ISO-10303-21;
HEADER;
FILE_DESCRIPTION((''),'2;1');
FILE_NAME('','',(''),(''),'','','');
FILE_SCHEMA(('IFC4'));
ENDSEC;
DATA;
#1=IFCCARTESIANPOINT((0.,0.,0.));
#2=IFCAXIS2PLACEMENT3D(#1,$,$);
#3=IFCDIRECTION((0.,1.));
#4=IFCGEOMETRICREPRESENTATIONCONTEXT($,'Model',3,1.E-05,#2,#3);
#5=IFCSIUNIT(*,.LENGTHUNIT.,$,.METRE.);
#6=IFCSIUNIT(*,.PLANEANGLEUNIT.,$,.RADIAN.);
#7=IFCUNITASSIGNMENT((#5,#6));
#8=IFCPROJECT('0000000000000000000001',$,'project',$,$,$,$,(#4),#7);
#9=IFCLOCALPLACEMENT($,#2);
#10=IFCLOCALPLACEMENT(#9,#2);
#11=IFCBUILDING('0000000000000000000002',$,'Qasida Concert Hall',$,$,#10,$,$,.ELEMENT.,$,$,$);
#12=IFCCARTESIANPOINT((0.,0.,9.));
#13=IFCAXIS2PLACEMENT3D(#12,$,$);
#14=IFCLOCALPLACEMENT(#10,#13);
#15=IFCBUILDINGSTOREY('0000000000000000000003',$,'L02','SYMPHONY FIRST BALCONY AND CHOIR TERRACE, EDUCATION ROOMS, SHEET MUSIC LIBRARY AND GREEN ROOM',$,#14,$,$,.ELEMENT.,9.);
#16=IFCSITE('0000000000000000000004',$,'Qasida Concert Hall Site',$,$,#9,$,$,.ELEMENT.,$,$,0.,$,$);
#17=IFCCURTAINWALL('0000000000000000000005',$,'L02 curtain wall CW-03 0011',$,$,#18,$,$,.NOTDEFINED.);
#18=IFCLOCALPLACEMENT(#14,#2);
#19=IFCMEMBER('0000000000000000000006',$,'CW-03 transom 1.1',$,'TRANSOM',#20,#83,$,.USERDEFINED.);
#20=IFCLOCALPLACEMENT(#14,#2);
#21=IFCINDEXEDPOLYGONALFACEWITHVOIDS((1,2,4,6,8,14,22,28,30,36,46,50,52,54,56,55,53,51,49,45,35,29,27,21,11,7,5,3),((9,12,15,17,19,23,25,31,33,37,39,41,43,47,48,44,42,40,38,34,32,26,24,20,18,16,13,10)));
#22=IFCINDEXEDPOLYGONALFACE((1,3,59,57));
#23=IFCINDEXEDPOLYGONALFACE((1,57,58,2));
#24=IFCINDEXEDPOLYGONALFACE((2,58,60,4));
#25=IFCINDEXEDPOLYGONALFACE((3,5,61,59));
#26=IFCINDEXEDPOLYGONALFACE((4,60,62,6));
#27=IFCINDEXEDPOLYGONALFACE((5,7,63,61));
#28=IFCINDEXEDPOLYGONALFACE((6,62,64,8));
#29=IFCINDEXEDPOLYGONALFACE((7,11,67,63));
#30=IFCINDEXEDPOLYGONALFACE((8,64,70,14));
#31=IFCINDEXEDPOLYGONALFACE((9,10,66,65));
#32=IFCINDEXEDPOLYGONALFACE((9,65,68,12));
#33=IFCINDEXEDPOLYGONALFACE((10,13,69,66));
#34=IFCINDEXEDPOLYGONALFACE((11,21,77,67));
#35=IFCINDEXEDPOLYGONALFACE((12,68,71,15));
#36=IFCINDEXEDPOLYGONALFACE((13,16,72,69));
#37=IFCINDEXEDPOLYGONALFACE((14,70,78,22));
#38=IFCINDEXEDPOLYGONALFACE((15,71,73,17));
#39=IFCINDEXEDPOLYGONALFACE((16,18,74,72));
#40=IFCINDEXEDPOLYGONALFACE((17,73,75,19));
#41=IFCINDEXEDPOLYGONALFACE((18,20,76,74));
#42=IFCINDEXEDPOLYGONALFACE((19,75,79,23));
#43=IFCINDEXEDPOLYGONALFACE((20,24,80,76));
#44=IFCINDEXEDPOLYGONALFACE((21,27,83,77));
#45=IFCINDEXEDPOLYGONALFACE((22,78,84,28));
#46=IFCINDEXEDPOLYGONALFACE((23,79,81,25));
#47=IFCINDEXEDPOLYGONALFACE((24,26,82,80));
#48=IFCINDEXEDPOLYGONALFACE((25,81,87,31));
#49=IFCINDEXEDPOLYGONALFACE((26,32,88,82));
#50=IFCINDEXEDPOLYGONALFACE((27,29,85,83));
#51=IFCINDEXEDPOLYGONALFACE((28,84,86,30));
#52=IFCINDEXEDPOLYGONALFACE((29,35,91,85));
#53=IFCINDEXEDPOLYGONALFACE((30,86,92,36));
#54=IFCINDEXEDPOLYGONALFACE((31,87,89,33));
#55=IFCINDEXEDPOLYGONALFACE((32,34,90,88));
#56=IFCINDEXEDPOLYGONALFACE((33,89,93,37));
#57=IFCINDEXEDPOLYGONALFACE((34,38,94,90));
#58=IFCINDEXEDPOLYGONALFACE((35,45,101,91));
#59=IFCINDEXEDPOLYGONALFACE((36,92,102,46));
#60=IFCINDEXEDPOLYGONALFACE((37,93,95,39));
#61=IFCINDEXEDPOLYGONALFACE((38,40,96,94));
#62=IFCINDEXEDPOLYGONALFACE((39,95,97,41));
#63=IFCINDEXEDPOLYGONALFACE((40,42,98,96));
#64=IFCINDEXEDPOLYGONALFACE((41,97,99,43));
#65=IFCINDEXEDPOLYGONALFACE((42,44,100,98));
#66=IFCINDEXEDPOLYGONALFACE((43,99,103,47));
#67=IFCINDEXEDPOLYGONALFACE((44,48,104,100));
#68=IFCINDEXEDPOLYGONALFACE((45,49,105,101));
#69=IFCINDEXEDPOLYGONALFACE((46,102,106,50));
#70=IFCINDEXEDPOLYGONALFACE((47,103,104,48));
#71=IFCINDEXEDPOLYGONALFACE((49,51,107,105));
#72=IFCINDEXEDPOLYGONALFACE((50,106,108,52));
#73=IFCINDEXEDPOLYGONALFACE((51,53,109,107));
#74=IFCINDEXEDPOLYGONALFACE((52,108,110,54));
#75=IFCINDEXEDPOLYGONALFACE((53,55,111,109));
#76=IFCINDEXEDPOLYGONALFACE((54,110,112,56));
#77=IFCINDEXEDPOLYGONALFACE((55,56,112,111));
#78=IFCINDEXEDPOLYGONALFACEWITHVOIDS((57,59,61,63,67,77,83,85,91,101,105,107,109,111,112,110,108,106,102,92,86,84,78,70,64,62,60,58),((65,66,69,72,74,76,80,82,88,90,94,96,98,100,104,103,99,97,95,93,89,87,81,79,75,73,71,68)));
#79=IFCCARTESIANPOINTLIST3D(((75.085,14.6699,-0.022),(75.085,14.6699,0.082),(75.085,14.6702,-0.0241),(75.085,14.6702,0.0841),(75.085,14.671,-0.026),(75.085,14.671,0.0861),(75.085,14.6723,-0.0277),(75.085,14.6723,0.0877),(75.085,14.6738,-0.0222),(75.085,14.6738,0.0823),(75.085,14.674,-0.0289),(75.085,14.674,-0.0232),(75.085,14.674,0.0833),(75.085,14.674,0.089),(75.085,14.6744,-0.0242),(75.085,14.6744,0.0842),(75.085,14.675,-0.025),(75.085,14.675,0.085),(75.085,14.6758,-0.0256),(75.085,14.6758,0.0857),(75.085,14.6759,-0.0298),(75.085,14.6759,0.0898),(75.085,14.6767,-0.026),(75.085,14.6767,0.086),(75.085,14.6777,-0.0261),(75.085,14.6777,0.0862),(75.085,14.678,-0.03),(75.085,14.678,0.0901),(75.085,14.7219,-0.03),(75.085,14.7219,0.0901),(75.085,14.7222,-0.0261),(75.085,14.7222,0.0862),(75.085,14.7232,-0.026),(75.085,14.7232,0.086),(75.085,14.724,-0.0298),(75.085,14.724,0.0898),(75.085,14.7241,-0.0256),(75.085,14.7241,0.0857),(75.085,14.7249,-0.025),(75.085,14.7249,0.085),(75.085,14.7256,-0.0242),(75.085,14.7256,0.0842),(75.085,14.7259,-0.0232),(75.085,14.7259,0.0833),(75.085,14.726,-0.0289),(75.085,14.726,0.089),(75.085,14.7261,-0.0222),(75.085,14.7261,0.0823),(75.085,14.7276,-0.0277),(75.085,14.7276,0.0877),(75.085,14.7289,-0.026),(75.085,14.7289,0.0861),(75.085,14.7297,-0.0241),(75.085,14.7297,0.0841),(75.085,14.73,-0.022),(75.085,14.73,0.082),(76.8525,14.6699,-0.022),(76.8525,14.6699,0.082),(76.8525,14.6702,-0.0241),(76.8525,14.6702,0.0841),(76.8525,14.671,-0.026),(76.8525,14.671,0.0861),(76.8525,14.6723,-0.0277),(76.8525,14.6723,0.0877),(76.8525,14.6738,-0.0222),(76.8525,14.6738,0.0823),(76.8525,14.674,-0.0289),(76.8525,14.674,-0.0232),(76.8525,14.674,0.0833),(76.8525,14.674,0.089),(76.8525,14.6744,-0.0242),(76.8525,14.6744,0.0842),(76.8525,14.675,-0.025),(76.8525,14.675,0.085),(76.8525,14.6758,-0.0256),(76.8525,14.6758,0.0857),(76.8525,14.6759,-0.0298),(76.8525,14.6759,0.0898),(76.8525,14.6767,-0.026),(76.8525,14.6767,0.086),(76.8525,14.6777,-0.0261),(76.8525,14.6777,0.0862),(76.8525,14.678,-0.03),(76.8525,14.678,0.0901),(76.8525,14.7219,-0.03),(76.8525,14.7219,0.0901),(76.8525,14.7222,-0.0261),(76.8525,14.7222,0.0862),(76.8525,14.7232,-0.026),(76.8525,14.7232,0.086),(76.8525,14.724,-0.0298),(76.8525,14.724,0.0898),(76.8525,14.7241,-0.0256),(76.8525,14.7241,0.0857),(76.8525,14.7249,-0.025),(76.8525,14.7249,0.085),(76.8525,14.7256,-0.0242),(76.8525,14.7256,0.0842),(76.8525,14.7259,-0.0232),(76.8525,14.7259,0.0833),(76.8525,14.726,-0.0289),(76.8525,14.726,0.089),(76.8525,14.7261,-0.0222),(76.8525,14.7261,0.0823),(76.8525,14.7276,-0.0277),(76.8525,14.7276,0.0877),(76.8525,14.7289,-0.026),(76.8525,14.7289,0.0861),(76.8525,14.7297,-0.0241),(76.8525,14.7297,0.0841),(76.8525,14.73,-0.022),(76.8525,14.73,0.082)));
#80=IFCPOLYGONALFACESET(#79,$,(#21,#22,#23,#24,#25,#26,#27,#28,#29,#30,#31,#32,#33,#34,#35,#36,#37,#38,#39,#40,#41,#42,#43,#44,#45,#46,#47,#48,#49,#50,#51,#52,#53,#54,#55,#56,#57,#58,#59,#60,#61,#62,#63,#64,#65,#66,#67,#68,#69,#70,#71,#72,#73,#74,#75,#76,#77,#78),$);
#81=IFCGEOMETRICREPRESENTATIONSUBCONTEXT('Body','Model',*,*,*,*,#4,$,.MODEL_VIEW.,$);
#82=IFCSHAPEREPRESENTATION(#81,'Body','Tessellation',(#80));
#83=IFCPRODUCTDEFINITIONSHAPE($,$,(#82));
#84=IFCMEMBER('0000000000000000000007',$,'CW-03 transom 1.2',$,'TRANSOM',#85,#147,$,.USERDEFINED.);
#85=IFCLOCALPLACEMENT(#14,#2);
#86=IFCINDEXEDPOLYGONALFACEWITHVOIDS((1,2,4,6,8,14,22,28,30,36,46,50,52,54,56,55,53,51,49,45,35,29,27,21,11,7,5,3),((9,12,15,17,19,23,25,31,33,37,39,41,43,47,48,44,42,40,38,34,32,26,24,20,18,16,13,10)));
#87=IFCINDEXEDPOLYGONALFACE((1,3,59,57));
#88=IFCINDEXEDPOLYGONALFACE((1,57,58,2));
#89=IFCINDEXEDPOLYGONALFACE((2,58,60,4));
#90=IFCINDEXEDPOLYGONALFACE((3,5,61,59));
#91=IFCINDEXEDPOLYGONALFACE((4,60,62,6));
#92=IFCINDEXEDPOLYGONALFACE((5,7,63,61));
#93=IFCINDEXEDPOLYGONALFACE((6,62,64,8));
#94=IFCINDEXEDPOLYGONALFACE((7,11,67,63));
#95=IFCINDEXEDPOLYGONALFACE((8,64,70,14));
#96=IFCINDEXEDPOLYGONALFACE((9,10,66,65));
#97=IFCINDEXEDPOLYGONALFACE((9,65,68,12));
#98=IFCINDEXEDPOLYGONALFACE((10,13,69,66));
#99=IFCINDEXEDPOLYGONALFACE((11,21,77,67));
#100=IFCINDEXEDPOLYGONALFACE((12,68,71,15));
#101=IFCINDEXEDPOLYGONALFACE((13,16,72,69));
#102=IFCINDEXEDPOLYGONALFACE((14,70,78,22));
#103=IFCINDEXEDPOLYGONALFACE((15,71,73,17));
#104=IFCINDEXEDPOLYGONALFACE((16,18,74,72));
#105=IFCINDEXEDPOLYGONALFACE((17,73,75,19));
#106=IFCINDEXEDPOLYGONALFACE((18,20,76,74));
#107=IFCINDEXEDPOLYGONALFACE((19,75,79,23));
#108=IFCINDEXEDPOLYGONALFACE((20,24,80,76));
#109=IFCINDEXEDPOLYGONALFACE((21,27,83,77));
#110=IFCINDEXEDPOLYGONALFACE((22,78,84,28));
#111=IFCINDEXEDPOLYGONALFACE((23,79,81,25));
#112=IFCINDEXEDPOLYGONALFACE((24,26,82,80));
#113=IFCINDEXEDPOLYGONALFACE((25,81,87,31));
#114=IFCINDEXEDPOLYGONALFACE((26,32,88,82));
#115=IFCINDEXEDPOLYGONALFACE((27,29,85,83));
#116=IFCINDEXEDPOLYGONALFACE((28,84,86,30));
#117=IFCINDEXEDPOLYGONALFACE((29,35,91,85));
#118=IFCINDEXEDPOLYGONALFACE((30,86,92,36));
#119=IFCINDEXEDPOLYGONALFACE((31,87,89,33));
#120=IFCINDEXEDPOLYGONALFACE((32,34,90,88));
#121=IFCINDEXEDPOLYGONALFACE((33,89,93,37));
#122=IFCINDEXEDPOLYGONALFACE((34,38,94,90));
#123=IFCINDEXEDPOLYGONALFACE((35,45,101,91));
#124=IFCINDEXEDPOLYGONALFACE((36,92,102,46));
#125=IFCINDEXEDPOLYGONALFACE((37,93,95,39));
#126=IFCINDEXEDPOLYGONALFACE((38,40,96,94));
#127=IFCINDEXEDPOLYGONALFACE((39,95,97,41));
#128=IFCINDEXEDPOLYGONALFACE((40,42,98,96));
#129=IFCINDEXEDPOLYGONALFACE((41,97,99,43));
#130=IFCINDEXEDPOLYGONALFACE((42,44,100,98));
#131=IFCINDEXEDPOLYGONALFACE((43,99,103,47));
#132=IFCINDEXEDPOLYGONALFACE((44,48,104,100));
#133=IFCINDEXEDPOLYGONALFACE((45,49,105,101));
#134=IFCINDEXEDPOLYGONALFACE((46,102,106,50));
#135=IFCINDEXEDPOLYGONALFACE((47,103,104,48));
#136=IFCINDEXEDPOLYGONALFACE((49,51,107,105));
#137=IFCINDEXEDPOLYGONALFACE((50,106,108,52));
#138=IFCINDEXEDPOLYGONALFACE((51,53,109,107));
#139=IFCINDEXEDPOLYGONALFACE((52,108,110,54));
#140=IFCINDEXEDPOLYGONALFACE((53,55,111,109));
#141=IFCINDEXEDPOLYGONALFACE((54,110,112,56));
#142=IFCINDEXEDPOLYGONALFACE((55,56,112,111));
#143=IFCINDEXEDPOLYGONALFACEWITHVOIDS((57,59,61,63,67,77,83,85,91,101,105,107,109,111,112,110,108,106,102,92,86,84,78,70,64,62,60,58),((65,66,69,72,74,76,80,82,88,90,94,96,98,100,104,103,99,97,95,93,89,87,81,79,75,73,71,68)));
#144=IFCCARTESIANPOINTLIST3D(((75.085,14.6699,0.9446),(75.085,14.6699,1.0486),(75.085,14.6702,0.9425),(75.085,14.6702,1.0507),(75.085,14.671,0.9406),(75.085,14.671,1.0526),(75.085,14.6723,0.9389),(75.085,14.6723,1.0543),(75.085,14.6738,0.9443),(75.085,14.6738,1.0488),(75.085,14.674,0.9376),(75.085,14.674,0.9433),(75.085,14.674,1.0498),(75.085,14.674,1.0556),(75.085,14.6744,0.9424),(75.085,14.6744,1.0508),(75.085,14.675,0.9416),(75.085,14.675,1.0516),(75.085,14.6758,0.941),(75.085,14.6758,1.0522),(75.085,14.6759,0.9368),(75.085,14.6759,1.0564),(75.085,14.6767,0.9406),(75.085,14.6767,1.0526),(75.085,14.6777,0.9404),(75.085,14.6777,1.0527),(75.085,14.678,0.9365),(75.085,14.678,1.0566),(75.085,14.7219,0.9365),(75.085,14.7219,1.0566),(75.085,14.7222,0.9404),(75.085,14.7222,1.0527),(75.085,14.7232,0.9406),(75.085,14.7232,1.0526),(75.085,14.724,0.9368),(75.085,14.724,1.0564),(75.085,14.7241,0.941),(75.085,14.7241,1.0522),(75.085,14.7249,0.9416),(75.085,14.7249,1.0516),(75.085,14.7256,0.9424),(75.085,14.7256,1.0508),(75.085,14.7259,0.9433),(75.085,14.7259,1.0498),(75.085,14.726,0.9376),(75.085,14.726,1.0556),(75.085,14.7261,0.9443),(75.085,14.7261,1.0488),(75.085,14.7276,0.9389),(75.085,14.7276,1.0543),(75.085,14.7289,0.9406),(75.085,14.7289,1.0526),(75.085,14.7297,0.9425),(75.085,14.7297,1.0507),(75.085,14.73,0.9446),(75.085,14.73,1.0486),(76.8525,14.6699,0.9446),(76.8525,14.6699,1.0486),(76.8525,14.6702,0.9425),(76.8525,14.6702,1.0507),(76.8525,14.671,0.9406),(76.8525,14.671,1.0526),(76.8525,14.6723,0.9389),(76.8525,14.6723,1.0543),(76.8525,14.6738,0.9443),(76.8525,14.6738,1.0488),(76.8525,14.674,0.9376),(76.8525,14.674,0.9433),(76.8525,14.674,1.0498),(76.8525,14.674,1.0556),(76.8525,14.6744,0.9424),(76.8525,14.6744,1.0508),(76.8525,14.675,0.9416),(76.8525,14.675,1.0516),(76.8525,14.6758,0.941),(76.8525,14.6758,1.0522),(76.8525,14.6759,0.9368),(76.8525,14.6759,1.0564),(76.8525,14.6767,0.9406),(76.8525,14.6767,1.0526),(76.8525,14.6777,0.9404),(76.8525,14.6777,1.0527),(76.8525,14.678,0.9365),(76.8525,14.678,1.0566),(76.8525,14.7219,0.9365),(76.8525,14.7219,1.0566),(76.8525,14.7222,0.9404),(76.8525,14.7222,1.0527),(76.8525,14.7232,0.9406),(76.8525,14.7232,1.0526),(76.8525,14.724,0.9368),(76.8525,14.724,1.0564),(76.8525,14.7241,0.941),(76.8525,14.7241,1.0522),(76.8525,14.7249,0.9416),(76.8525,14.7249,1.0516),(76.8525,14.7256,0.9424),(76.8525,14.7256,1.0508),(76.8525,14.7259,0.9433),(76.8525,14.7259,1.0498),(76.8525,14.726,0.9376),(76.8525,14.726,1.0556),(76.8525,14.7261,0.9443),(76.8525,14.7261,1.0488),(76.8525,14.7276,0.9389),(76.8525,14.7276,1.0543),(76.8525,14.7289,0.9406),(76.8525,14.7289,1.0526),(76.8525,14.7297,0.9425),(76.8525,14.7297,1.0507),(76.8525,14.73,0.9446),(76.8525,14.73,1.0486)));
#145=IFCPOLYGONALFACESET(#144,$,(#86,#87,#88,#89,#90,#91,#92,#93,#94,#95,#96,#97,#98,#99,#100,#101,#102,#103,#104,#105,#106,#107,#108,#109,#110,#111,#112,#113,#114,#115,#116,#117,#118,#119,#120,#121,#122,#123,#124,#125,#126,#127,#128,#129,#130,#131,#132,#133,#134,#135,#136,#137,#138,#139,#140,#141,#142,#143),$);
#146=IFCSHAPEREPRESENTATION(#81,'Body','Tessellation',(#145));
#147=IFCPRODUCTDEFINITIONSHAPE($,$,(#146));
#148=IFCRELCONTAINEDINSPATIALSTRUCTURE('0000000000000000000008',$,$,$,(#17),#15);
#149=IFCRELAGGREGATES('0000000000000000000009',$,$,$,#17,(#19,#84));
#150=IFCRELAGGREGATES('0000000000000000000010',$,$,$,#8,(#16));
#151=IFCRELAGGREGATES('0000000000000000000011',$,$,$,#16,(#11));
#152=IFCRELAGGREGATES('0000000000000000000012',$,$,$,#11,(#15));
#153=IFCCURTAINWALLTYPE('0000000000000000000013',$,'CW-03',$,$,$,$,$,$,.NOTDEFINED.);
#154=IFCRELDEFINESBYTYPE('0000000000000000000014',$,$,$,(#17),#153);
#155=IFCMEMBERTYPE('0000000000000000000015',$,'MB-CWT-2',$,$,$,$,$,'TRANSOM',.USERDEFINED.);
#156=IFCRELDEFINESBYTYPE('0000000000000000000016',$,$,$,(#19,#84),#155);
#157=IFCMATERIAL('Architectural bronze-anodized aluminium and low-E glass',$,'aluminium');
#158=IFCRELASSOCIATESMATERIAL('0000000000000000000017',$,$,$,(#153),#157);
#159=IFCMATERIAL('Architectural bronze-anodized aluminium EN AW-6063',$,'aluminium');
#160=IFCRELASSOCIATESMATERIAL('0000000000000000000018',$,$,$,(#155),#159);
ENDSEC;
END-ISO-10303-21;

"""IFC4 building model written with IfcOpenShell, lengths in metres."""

from ifc_helpers import new_model, si_unit, direction, frame, origin, origin_2d, place, context, subcontext, project, spatial, hollow_rectangle, extrude, material, material_profile, profile_set, type_object, element, aggregate, save


model = new_model("IFC4")

# Units and contexts
model_context = context("Model", 3, precision=1e-05, world=origin(), true_north=direction((0.0, 1.0)))
body_context = subcontext(model_context, "Body", "Model", "MODEL_VIEW")
ifc_project = project(units=[si_unit("LENGTHUNIT", "METRE"), si_unit("PLANEANGLEUNIT", "RADIAN")], contexts=[model_context])

# Site, building, storey
site_placement = place(None, origin())
site = spatial("IfcSite", under=ifc_project, at=site_placement, Name="Qasida Concert Hall Site", CompositionType="ELEMENT", RefElevation=0.0)
building_placement = place(site_placement, origin())
building = spatial("IfcBuilding", under=site, at=building_placement, Name="Qasida Concert Hall", CompositionType="ELEMENT")
storey_placement = place(building_placement, frame((0.0, 0.0, 9.0)))
storey = spatial("IfcBuildingStorey", under=building, at=storey_placement, Name="L02", Description="SYMPHONY FIRST BALCONY AND CHOIR TERRACE, EDUCATION ROOMS, SHEET MUSIC LIBRARY AND GREEN ROOM", CompositionType="ELEMENT", Elevation=9.0)

# Curtain wall, members
ifc_material_1 = material(Name="Architectural bronze-anodized aluminium and low-E glass", Category="aluminium")
curtain_wall_type = type_object("IfcCurtainWallType", Name="CW-03", PredefinedType="NOTDEFINED", material=ifc_material_1)
curtain_wall_placement = place(storey_placement, origin())
curtain_wall = element("IfcCurtainWall", 1, at=curtain_wall_placement, inside=storey, type_object=curtain_wall_type, Name="L02 curtain wall CW-03 0011", PredefinedType="NOTDEFINED")
ifc_material_2 = material(Name="Architectural bronze-anodized aluminium EN AW-6063", Category="aluminium")
ifc_material_profile_1 = material_profile(ifc_material_2, hollow_rectangle(XDim=0.0601, YDim=0.1201, WallThickness=0.0039, InnerFilletRadius=0.0039, OuterFilletRadius=0.0081, at=origin_2d()), Name="CWT 120x60x4")
ifc_profile_set_1 = profile_set([ifc_material_profile_1], Name="Architectural bronze-anodized aluminium EN AW-6063")
member_type_1 = type_object("IfcMemberType", Name="MB-CWT-2", ElementType="TRANSOM", PredefinedType="USERDEFINED", material=ifc_profile_set_1)
member_1_placement = place(storey_placement, frame((75.085, 14.7, 0.03), z_axis=(1.0, 0.0, 0.0), x_axis=(0.0, 1.0, 0.0)))
member_1 = element("IfcMember", 2, at=member_1_placement, type_object=member_type_1, Name="CW-03 transom 1.1", ObjectType="TRANSOM", PredefinedType="USERDEFINED", context=body_context, shape_type="SweptSolid", body=[
    extrude(hollow_rectangle(XDim=0.0601, YDim=0.1201, WallThickness=0.0039, InnerFilletRadius=0.0039, OuterFilletRadius=0.0081, at=origin_2d()), origin(), (0.0, 0.0, 1.0), 1.7676),
])
member_2_placement = place(storey_placement, frame((75.085, 14.7, 0.9966), z_axis=(1.0, 0.0, 0.0), x_axis=(0.0, 1.0, 0.0)))
member_2 = element("IfcMember", 3, at=member_2_placement, type_object=member_type_1, Name="CW-03 transom 1.2", ObjectType="TRANSOM", PredefinedType="USERDEFINED", context=body_context, shape_type="SweptSolid", body=[
    extrude(hollow_rectangle(XDim=0.0601, YDim=0.1201, WallThickness=0.0039, InnerFilletRadius=0.0039, OuterFilletRadius=0.0081, at=origin_2d()), origin(), (0.0, 0.0, 1.0), 1.7676),
])
aggregate(curtain_wall, [member_1, member_2])

save(model, "model.ifc")
